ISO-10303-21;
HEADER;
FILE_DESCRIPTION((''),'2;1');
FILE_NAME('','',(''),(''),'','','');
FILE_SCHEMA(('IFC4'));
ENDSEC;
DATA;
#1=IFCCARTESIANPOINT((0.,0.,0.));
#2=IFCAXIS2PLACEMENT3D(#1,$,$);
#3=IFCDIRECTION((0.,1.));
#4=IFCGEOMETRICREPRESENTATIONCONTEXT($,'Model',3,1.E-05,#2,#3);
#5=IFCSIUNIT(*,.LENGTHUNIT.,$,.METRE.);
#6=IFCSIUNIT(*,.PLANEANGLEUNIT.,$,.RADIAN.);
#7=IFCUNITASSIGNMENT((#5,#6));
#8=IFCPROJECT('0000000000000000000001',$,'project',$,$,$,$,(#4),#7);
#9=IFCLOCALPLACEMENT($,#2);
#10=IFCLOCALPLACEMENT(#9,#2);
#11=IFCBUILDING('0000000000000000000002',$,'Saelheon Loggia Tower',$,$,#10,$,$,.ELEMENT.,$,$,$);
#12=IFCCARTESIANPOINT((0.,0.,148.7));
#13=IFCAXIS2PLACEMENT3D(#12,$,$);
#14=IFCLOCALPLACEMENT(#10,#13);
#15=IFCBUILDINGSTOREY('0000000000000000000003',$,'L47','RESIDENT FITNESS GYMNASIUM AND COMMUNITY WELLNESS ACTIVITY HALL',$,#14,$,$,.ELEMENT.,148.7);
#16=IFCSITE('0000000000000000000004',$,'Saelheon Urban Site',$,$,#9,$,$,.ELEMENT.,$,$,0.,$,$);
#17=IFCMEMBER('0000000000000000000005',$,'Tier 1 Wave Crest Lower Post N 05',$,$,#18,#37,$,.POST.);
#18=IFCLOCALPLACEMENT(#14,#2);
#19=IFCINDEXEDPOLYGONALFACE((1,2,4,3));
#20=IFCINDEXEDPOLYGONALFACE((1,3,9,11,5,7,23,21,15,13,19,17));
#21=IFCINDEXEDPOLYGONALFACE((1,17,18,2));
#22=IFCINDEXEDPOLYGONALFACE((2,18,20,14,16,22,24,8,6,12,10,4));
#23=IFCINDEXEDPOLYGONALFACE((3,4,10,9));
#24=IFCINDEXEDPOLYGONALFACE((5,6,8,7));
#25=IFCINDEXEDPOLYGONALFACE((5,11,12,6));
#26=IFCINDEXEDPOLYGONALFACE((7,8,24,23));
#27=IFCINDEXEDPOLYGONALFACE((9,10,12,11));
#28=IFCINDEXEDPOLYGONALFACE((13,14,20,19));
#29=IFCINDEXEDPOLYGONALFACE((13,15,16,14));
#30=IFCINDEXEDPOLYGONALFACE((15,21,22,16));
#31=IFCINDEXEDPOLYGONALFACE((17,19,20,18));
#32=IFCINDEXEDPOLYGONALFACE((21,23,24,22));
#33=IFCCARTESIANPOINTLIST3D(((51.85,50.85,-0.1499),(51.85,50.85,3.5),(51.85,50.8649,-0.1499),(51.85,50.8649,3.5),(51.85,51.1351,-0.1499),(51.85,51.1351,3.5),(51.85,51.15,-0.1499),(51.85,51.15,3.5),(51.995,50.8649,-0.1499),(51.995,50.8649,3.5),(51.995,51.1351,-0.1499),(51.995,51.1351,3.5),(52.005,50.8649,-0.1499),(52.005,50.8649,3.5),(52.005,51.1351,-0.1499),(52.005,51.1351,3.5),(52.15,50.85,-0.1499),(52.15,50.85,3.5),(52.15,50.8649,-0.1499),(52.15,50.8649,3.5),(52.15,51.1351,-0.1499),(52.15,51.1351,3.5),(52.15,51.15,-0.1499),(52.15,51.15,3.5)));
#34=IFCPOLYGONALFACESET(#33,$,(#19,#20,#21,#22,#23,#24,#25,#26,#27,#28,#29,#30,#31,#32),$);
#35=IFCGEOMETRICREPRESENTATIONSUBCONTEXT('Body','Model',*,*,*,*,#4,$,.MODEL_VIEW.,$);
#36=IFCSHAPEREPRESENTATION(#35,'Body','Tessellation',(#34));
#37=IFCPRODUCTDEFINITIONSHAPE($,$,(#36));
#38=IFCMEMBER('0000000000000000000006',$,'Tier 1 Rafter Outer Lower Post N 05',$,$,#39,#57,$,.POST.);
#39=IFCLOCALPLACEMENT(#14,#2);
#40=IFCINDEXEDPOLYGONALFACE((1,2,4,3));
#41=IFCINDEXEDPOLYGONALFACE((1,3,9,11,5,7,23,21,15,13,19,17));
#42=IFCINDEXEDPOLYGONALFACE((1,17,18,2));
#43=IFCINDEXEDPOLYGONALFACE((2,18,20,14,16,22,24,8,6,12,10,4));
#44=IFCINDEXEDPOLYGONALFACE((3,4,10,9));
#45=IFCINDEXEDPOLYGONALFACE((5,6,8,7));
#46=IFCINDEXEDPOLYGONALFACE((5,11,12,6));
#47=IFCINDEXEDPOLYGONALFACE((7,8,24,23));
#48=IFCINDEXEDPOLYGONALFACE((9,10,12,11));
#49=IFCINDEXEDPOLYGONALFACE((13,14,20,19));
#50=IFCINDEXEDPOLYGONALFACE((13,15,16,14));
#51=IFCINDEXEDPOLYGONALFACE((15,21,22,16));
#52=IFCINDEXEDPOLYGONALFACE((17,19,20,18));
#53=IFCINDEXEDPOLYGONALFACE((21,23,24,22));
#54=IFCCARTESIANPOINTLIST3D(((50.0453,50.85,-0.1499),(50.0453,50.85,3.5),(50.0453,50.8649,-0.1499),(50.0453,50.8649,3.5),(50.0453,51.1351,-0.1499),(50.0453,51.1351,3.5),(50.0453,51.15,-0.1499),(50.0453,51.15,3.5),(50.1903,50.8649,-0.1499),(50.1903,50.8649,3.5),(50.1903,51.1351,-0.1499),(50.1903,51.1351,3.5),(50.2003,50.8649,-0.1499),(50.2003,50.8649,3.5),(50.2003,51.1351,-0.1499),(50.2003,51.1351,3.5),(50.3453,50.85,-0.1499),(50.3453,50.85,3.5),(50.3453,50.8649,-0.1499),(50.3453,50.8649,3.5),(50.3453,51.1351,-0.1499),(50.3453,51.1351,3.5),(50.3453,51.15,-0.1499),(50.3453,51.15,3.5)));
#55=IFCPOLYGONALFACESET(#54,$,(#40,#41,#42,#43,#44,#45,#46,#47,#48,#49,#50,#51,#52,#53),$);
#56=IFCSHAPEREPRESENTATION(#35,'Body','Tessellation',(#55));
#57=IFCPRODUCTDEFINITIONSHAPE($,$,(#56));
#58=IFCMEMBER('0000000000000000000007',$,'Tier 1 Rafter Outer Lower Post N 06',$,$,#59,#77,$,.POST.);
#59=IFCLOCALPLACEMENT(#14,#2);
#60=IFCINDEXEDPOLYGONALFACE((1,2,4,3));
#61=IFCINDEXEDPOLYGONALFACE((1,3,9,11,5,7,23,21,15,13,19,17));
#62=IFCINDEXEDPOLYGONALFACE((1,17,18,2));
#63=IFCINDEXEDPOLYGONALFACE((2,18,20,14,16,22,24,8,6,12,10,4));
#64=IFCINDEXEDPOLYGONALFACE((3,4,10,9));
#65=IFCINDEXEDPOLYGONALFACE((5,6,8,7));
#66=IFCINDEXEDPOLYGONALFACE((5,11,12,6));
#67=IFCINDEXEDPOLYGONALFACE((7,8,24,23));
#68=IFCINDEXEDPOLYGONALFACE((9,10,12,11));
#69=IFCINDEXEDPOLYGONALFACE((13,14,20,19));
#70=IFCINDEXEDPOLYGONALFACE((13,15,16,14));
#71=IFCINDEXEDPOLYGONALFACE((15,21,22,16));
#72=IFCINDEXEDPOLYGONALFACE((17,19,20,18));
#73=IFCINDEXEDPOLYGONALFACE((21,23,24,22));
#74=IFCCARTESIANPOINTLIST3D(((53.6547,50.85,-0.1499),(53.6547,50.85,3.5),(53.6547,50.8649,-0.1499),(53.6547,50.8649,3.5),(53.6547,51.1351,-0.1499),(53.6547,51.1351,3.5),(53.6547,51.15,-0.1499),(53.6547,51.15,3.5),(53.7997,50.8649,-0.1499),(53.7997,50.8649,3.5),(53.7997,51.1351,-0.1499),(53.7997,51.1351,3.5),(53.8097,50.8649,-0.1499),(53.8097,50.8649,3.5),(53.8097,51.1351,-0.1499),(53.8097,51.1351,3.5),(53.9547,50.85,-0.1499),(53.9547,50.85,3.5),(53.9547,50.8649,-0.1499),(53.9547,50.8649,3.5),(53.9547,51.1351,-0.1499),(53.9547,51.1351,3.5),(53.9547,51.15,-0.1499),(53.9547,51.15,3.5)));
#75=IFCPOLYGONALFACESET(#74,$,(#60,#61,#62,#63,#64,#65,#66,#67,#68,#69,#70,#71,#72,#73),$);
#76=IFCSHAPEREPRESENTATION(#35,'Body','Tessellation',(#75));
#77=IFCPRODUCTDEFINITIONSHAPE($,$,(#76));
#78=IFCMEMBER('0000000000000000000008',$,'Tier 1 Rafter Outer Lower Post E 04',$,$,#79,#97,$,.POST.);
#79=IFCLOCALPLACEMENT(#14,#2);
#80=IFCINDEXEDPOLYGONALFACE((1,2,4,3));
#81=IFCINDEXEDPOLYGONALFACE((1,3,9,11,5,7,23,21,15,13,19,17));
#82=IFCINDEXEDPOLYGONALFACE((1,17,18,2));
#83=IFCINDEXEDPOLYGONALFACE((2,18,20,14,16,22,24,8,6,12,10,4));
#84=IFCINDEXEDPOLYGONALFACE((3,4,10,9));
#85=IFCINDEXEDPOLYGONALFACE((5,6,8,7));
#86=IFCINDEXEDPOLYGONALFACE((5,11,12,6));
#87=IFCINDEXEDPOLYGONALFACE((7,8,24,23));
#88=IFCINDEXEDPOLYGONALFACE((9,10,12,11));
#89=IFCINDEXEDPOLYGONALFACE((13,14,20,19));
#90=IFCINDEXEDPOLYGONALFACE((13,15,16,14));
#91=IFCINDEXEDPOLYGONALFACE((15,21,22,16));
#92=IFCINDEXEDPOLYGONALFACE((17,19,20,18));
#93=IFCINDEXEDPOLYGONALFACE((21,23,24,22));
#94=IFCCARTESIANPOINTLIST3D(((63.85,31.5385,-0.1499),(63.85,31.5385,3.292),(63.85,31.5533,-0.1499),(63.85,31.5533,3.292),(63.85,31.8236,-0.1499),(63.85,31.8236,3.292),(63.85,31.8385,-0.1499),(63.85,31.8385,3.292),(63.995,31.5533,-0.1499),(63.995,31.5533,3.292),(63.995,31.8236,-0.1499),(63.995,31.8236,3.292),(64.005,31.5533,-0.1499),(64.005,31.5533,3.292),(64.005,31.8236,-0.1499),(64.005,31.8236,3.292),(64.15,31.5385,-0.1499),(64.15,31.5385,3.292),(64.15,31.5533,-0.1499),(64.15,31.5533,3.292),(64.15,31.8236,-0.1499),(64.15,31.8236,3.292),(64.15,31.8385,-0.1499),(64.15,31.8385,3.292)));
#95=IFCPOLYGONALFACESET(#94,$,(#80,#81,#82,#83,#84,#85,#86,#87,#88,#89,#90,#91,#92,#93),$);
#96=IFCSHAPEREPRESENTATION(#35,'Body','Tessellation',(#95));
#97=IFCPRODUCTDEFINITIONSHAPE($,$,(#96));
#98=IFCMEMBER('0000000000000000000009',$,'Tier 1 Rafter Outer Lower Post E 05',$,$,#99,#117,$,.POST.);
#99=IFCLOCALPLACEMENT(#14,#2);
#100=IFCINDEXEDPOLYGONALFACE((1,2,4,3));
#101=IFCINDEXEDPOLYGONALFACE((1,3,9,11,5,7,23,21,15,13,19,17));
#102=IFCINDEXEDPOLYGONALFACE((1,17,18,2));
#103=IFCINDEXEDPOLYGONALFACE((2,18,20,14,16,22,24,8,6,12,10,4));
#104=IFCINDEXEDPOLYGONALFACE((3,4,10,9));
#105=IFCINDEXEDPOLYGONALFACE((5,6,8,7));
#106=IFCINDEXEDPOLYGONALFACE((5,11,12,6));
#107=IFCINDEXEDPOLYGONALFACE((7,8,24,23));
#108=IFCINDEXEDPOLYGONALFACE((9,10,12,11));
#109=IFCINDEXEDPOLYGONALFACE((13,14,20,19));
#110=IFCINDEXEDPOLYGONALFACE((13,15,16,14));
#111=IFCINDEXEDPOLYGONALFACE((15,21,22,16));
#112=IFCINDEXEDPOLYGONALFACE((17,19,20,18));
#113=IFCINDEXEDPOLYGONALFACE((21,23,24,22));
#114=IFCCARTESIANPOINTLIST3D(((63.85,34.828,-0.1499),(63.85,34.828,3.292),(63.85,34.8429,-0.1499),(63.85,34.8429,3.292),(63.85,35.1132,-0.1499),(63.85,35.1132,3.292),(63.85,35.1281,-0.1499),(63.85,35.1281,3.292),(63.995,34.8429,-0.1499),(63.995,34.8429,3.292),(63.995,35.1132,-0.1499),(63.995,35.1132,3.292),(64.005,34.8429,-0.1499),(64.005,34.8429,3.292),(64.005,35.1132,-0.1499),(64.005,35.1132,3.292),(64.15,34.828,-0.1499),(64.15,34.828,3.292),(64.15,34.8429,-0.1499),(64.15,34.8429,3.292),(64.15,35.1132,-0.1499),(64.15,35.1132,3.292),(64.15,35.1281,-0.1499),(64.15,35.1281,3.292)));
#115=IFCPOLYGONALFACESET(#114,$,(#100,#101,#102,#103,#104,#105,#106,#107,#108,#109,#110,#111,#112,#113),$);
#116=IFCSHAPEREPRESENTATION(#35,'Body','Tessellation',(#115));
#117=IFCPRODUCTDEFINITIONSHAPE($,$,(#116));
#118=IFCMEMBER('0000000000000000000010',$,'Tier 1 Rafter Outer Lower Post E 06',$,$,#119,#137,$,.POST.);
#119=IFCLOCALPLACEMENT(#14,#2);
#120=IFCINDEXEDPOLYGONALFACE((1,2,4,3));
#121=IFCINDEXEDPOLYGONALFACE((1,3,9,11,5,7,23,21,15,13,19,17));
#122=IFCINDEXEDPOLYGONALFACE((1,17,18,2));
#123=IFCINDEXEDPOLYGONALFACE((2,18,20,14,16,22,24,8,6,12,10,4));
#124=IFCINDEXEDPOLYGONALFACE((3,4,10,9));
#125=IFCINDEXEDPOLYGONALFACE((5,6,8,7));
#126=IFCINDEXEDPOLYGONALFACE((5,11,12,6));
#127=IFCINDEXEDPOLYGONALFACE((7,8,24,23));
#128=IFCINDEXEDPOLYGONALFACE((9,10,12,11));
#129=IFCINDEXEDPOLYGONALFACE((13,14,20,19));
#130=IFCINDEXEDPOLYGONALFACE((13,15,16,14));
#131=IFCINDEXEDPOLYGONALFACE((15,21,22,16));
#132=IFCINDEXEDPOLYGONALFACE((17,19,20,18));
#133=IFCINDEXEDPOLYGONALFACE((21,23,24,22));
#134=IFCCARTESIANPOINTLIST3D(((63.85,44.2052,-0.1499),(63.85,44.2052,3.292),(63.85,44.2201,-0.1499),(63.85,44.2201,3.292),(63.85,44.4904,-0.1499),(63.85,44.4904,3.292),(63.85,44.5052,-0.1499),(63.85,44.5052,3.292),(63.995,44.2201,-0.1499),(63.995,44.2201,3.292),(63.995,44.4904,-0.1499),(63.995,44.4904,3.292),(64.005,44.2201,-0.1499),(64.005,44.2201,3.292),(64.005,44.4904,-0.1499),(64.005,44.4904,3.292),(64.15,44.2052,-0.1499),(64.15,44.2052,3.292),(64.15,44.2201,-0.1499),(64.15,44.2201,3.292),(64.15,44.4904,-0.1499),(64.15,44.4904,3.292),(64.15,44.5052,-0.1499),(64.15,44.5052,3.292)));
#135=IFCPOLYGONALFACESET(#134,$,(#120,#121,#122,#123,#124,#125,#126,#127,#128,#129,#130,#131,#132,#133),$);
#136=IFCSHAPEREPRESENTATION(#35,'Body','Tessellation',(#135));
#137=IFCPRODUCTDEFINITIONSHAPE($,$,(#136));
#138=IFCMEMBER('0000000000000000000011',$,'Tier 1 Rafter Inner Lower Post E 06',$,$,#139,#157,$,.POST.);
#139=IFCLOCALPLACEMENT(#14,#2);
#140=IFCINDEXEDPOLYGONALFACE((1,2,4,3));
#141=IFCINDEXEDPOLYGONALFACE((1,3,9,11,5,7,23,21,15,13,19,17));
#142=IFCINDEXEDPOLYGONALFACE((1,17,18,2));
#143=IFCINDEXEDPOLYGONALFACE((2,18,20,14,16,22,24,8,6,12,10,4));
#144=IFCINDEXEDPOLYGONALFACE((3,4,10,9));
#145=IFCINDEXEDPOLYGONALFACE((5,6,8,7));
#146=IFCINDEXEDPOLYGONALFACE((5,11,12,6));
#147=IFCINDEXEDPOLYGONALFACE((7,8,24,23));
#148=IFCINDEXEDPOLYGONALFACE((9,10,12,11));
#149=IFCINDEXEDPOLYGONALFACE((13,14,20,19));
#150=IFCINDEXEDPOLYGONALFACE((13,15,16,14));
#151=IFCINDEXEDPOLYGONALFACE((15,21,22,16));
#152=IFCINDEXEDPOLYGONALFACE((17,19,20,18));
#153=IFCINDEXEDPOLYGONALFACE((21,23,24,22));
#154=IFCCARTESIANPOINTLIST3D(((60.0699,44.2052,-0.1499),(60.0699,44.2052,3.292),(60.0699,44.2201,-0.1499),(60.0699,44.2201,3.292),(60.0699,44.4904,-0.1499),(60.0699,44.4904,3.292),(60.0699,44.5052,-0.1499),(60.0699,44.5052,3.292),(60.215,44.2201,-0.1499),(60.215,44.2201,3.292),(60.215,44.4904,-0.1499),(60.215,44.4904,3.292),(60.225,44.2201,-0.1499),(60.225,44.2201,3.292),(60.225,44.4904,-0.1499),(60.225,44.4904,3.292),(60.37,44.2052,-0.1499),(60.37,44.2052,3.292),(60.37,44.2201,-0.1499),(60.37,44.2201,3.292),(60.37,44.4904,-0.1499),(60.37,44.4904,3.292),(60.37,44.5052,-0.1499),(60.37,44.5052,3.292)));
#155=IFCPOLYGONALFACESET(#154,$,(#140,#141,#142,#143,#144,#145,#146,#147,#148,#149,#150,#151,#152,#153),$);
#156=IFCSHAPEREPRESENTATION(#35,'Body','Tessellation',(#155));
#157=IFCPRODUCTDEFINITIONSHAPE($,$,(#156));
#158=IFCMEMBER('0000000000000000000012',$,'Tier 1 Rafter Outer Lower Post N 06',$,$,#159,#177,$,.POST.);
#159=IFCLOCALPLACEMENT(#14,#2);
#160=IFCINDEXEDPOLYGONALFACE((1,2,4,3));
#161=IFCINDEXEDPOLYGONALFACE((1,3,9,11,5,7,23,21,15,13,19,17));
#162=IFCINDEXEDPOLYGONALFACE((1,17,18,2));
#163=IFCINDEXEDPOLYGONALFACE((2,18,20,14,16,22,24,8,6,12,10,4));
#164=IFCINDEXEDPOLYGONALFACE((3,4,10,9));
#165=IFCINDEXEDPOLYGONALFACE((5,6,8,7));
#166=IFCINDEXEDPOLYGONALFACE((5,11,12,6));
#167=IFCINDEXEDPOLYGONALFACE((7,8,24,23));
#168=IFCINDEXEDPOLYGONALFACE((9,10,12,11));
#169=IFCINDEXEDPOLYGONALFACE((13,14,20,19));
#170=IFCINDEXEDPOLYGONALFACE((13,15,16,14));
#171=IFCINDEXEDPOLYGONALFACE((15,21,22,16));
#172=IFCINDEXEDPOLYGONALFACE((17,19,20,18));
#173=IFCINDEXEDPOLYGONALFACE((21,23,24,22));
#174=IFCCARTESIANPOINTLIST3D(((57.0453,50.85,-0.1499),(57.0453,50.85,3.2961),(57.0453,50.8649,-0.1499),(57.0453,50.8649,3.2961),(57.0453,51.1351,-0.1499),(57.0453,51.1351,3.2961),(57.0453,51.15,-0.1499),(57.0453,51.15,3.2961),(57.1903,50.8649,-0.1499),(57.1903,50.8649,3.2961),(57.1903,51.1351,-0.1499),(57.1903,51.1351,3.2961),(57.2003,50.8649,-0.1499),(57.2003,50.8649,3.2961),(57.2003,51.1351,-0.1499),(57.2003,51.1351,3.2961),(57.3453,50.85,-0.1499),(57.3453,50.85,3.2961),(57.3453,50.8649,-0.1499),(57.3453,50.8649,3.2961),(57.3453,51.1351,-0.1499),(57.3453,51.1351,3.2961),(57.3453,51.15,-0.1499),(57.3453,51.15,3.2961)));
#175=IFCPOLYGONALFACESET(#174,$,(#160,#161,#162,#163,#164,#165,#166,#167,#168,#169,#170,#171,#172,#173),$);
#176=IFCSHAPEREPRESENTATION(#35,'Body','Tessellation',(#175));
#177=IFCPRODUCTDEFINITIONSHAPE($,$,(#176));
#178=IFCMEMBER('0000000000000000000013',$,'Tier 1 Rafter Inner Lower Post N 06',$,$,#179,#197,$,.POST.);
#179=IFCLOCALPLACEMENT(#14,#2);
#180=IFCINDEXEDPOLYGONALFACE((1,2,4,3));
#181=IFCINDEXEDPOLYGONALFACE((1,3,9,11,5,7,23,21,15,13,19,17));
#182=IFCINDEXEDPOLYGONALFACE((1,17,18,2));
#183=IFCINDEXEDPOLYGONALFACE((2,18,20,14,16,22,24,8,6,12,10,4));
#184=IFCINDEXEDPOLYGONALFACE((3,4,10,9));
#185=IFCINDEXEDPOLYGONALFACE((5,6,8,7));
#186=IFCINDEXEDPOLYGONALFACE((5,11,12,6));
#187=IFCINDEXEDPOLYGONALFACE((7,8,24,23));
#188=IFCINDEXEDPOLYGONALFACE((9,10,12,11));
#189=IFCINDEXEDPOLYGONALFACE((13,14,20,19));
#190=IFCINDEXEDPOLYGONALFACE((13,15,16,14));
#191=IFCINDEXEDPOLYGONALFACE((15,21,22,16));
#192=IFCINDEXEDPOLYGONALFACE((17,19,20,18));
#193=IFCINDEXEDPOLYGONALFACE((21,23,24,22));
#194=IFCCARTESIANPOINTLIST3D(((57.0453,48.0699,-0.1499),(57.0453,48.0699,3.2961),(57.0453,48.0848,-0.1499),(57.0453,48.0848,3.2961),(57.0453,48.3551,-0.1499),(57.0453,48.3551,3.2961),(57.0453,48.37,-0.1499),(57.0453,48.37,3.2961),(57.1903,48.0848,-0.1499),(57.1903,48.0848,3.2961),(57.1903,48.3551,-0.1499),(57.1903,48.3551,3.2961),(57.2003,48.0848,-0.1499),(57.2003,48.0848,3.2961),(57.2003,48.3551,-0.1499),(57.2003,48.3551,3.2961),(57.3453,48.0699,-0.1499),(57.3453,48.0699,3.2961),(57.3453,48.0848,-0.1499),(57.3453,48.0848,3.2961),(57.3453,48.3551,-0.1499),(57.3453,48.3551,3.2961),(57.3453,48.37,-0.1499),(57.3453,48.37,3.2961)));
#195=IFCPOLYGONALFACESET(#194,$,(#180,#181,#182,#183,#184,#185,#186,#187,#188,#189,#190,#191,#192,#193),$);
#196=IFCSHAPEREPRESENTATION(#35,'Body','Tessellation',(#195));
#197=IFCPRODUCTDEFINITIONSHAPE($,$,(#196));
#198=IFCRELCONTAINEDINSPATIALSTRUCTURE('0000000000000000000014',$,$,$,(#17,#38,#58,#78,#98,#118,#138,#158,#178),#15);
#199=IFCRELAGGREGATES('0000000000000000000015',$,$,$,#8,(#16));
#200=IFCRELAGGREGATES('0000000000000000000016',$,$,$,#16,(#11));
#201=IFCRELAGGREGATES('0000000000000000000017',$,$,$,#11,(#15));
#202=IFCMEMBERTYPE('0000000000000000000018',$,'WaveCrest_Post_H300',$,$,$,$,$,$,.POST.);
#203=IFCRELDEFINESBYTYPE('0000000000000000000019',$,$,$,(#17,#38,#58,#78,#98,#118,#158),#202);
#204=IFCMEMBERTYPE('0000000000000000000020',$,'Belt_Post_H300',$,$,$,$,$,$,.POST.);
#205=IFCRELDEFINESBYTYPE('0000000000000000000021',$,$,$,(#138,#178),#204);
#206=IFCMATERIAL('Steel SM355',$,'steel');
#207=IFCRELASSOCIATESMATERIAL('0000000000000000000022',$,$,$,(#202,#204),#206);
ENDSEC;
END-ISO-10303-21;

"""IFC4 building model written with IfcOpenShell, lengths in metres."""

from ifc_helpers import new_model, si_unit, direction, frame, origin, origin_2d, place, context, subcontext, project, spatial, i_section, extrude, source, transform, mapped, material, material_profile, profile_set, type_object, element, save


model = new_model("IFC4")

# Units and contexts
model_context = context("Model", 3, precision=1e-05, world=origin(), true_north=direction((0.0, 1.0)))
body_context = subcontext(model_context, "Body", "Model", "MODEL_VIEW")
ifc_project = project(units=[si_unit("LENGTHUNIT", "METRE"), si_unit("PLANEANGLEUNIT", "RADIAN")], contexts=[model_context])

# Site, building, storey
site_placement = place(None, origin())
site = spatial("IfcSite", under=ifc_project, at=site_placement, Name="Saelheon Urban Site", CompositionType="ELEMENT", RefElevation=0.0)
building_placement = place(site_placement, origin())
building = spatial("IfcBuilding", under=site, at=building_placement, Name="Saelheon Loggia Tower", CompositionType="ELEMENT")
storey_placement = place(building_placement, frame((0.0, 0.0, 148.7)))
storey = spatial("IfcBuildingStorey", under=building, at=storey_placement, Name="L47", Description="RESIDENT FITNESS GYMNASIUM AND COMMUNITY WELLNESS ACTIVITY HALL", CompositionType="ELEMENT", Elevation=148.7)

# Members
ifc_material_1 = material(Name="Steel SM355", Category="steel")
ifc_material_profile_1 = material_profile(ifc_material_1, i_section(OverallWidth=0.3, OverallDepth=0.3, WebThickness=0.01, FlangeThickness=0.0149, at=origin_2d()), Name="H-300x300x10x15")
ifc_profile_set_1 = profile_set([ifc_material_profile_1], Name="Steel SM355")
member_type_1 = type_object("IfcMemberType", Name="WaveCrest_Post_H300", PredefinedType="POST", material=ifc_profile_set_1)
shared_shape_1 = source(origin(), body_context, "Body", "SweptSolid", [
    extrude(i_section(OverallWidth=0.3, OverallDepth=0.3, WebThickness=0.01, FlangeThickness=0.0149, at=origin_2d()), origin(), (0.0, 0.0, 1.0), 3.6499),
])
for number, where, z_axis, x_axis, name in (
    (1, (52.0, 51.0, -0.1499), (0.0, 0.0, 1.0), (1.0, 0.0, 0.0), "Tier 1 Wave Crest Lower Post N 05"),
    (2, (50.1953, 51.0, -0.1499), (0.0, 0.0, 1.0), (1.0, 0.0, 0.0), "Tier 1 Rafter Outer Lower Post N 05"),
    (3, (53.8047, 51.0, -0.1499), (0.0, 0.0, 1.0), (1.0, 0.0, 0.0), "Tier 1 Rafter Outer Lower Post N 06"),
):
    element("IfcMember", number, at=place(storey_placement, frame(where, z_axis=z_axis, x_axis=x_axis)), inside=storey, type_object=member_type_1, Name=name, PredefinedType="POST", context=body_context, shape_type="MappedRepresentation", body=[
        mapped(shared_shape_1, transform((0.0, 0.0, 0.0), scale=1.0)),
    ])
shared_shape_2 = source(origin(), body_context, "Body", "SweptSolid", [
    extrude(i_section(OverallWidth=0.3, OverallDepth=0.3, WebThickness=0.01, FlangeThickness=0.0149, at=origin_2d()), origin(), (0.0, 0.0, 1.0), 3.4419),
])
for number, where, z_axis, x_axis, name in (
    (4, (64.0, 31.6885, -0.1499), (0.0, 0.0, 1.0), (1.0, 0.0, 0.0), "Tier 1 Rafter Outer Lower Post E 04"),
    (5, (64.0, 34.978, -0.1499), (0.0, 0.0, 1.0), (1.0, 0.0, 0.0), "Tier 1 Rafter Outer Lower Post E 05"),
    (6, (64.0, 44.3552, -0.1499), (0.0, 0.0, 1.0), (1.0, 0.0, 0.0), "Tier 1 Rafter Outer Lower Post E 06"),
):
    element("IfcMember", number, at=place(storey_placement, frame(where, z_axis=z_axis, x_axis=x_axis)), inside=storey, type_object=member_type_1, Name=name, PredefinedType="POST", context=body_context, shape_type="MappedRepresentation", body=[
        mapped(shared_shape_2, transform((0.0, 0.0, 0.0), scale=1.0)),
    ])
ifc_material_profile_2 = material_profile(ifc_material_1, i_section(OverallWidth=0.3, OverallDepth=0.3, WebThickness=0.01, FlangeThickness=0.0149, at=origin_2d()), Name="H-300x300x10x15")
ifc_profile_set_2 = profile_set([ifc_material_profile_2], Name="Steel SM355")
member_type_2 = type_object("IfcMemberType", Name="Belt_Post_H300", PredefinedType="POST", material=ifc_profile_set_2)
member_1_placement = place(storey_placement, frame((60.22, 44.3552, -0.1499), z_axis=(0.0, 0.0, 1.0), x_axis=(1.0, 0.0, 0.0)))
element("IfcMember", 7, at=member_1_placement, inside=storey, type_object=member_type_2, Name="Tier 1 Rafter Inner Lower Post E 06", PredefinedType="POST", context=body_context, shape_type="MappedRepresentation", body=[
    mapped(shared_shape_2, transform((0.0, 0.0, 0.0), scale=1.0)),
])
shared_shape_3 = source(origin(), body_context, "Body", "SweptSolid", [
    extrude(i_section(OverallWidth=0.3, OverallDepth=0.3, WebThickness=0.01, FlangeThickness=0.0149, at=origin_2d()), origin(), (0.0, 0.0, 1.0), 3.446),
])
member_2_placement = place(storey_placement, frame((57.1953, 51.0, -0.1499), z_axis=(0.0, 0.0, 1.0), x_axis=(1.0, 0.0, 0.0)))
element("IfcMember", 8, at=member_2_placement, inside=storey, type_object=member_type_1, Name="Tier 1 Rafter Outer Lower Post N 06", PredefinedType="POST", context=body_context, shape_type="MappedRepresentation", body=[
    mapped(shared_shape_3, transform((0.0, 0.0, 0.0), scale=1.0)),
])
member_3_placement = place(storey_placement, frame((57.1953, 48.22, -0.1499), z_axis=(0.0, 0.0, 1.0), x_axis=(1.0, 0.0, 0.0)))
element("IfcMember", 9, at=member_3_placement, inside=storey, type_object=member_type_2, Name="Tier 1 Rafter Inner Lower Post N 06", PredefinedType="POST", context=body_context, shape_type="MappedRepresentation", body=[
    mapped(shared_shape_3, transform((0.0, 0.0, 0.0), scale=1.0)),
])

save(model, "model.ifc")
